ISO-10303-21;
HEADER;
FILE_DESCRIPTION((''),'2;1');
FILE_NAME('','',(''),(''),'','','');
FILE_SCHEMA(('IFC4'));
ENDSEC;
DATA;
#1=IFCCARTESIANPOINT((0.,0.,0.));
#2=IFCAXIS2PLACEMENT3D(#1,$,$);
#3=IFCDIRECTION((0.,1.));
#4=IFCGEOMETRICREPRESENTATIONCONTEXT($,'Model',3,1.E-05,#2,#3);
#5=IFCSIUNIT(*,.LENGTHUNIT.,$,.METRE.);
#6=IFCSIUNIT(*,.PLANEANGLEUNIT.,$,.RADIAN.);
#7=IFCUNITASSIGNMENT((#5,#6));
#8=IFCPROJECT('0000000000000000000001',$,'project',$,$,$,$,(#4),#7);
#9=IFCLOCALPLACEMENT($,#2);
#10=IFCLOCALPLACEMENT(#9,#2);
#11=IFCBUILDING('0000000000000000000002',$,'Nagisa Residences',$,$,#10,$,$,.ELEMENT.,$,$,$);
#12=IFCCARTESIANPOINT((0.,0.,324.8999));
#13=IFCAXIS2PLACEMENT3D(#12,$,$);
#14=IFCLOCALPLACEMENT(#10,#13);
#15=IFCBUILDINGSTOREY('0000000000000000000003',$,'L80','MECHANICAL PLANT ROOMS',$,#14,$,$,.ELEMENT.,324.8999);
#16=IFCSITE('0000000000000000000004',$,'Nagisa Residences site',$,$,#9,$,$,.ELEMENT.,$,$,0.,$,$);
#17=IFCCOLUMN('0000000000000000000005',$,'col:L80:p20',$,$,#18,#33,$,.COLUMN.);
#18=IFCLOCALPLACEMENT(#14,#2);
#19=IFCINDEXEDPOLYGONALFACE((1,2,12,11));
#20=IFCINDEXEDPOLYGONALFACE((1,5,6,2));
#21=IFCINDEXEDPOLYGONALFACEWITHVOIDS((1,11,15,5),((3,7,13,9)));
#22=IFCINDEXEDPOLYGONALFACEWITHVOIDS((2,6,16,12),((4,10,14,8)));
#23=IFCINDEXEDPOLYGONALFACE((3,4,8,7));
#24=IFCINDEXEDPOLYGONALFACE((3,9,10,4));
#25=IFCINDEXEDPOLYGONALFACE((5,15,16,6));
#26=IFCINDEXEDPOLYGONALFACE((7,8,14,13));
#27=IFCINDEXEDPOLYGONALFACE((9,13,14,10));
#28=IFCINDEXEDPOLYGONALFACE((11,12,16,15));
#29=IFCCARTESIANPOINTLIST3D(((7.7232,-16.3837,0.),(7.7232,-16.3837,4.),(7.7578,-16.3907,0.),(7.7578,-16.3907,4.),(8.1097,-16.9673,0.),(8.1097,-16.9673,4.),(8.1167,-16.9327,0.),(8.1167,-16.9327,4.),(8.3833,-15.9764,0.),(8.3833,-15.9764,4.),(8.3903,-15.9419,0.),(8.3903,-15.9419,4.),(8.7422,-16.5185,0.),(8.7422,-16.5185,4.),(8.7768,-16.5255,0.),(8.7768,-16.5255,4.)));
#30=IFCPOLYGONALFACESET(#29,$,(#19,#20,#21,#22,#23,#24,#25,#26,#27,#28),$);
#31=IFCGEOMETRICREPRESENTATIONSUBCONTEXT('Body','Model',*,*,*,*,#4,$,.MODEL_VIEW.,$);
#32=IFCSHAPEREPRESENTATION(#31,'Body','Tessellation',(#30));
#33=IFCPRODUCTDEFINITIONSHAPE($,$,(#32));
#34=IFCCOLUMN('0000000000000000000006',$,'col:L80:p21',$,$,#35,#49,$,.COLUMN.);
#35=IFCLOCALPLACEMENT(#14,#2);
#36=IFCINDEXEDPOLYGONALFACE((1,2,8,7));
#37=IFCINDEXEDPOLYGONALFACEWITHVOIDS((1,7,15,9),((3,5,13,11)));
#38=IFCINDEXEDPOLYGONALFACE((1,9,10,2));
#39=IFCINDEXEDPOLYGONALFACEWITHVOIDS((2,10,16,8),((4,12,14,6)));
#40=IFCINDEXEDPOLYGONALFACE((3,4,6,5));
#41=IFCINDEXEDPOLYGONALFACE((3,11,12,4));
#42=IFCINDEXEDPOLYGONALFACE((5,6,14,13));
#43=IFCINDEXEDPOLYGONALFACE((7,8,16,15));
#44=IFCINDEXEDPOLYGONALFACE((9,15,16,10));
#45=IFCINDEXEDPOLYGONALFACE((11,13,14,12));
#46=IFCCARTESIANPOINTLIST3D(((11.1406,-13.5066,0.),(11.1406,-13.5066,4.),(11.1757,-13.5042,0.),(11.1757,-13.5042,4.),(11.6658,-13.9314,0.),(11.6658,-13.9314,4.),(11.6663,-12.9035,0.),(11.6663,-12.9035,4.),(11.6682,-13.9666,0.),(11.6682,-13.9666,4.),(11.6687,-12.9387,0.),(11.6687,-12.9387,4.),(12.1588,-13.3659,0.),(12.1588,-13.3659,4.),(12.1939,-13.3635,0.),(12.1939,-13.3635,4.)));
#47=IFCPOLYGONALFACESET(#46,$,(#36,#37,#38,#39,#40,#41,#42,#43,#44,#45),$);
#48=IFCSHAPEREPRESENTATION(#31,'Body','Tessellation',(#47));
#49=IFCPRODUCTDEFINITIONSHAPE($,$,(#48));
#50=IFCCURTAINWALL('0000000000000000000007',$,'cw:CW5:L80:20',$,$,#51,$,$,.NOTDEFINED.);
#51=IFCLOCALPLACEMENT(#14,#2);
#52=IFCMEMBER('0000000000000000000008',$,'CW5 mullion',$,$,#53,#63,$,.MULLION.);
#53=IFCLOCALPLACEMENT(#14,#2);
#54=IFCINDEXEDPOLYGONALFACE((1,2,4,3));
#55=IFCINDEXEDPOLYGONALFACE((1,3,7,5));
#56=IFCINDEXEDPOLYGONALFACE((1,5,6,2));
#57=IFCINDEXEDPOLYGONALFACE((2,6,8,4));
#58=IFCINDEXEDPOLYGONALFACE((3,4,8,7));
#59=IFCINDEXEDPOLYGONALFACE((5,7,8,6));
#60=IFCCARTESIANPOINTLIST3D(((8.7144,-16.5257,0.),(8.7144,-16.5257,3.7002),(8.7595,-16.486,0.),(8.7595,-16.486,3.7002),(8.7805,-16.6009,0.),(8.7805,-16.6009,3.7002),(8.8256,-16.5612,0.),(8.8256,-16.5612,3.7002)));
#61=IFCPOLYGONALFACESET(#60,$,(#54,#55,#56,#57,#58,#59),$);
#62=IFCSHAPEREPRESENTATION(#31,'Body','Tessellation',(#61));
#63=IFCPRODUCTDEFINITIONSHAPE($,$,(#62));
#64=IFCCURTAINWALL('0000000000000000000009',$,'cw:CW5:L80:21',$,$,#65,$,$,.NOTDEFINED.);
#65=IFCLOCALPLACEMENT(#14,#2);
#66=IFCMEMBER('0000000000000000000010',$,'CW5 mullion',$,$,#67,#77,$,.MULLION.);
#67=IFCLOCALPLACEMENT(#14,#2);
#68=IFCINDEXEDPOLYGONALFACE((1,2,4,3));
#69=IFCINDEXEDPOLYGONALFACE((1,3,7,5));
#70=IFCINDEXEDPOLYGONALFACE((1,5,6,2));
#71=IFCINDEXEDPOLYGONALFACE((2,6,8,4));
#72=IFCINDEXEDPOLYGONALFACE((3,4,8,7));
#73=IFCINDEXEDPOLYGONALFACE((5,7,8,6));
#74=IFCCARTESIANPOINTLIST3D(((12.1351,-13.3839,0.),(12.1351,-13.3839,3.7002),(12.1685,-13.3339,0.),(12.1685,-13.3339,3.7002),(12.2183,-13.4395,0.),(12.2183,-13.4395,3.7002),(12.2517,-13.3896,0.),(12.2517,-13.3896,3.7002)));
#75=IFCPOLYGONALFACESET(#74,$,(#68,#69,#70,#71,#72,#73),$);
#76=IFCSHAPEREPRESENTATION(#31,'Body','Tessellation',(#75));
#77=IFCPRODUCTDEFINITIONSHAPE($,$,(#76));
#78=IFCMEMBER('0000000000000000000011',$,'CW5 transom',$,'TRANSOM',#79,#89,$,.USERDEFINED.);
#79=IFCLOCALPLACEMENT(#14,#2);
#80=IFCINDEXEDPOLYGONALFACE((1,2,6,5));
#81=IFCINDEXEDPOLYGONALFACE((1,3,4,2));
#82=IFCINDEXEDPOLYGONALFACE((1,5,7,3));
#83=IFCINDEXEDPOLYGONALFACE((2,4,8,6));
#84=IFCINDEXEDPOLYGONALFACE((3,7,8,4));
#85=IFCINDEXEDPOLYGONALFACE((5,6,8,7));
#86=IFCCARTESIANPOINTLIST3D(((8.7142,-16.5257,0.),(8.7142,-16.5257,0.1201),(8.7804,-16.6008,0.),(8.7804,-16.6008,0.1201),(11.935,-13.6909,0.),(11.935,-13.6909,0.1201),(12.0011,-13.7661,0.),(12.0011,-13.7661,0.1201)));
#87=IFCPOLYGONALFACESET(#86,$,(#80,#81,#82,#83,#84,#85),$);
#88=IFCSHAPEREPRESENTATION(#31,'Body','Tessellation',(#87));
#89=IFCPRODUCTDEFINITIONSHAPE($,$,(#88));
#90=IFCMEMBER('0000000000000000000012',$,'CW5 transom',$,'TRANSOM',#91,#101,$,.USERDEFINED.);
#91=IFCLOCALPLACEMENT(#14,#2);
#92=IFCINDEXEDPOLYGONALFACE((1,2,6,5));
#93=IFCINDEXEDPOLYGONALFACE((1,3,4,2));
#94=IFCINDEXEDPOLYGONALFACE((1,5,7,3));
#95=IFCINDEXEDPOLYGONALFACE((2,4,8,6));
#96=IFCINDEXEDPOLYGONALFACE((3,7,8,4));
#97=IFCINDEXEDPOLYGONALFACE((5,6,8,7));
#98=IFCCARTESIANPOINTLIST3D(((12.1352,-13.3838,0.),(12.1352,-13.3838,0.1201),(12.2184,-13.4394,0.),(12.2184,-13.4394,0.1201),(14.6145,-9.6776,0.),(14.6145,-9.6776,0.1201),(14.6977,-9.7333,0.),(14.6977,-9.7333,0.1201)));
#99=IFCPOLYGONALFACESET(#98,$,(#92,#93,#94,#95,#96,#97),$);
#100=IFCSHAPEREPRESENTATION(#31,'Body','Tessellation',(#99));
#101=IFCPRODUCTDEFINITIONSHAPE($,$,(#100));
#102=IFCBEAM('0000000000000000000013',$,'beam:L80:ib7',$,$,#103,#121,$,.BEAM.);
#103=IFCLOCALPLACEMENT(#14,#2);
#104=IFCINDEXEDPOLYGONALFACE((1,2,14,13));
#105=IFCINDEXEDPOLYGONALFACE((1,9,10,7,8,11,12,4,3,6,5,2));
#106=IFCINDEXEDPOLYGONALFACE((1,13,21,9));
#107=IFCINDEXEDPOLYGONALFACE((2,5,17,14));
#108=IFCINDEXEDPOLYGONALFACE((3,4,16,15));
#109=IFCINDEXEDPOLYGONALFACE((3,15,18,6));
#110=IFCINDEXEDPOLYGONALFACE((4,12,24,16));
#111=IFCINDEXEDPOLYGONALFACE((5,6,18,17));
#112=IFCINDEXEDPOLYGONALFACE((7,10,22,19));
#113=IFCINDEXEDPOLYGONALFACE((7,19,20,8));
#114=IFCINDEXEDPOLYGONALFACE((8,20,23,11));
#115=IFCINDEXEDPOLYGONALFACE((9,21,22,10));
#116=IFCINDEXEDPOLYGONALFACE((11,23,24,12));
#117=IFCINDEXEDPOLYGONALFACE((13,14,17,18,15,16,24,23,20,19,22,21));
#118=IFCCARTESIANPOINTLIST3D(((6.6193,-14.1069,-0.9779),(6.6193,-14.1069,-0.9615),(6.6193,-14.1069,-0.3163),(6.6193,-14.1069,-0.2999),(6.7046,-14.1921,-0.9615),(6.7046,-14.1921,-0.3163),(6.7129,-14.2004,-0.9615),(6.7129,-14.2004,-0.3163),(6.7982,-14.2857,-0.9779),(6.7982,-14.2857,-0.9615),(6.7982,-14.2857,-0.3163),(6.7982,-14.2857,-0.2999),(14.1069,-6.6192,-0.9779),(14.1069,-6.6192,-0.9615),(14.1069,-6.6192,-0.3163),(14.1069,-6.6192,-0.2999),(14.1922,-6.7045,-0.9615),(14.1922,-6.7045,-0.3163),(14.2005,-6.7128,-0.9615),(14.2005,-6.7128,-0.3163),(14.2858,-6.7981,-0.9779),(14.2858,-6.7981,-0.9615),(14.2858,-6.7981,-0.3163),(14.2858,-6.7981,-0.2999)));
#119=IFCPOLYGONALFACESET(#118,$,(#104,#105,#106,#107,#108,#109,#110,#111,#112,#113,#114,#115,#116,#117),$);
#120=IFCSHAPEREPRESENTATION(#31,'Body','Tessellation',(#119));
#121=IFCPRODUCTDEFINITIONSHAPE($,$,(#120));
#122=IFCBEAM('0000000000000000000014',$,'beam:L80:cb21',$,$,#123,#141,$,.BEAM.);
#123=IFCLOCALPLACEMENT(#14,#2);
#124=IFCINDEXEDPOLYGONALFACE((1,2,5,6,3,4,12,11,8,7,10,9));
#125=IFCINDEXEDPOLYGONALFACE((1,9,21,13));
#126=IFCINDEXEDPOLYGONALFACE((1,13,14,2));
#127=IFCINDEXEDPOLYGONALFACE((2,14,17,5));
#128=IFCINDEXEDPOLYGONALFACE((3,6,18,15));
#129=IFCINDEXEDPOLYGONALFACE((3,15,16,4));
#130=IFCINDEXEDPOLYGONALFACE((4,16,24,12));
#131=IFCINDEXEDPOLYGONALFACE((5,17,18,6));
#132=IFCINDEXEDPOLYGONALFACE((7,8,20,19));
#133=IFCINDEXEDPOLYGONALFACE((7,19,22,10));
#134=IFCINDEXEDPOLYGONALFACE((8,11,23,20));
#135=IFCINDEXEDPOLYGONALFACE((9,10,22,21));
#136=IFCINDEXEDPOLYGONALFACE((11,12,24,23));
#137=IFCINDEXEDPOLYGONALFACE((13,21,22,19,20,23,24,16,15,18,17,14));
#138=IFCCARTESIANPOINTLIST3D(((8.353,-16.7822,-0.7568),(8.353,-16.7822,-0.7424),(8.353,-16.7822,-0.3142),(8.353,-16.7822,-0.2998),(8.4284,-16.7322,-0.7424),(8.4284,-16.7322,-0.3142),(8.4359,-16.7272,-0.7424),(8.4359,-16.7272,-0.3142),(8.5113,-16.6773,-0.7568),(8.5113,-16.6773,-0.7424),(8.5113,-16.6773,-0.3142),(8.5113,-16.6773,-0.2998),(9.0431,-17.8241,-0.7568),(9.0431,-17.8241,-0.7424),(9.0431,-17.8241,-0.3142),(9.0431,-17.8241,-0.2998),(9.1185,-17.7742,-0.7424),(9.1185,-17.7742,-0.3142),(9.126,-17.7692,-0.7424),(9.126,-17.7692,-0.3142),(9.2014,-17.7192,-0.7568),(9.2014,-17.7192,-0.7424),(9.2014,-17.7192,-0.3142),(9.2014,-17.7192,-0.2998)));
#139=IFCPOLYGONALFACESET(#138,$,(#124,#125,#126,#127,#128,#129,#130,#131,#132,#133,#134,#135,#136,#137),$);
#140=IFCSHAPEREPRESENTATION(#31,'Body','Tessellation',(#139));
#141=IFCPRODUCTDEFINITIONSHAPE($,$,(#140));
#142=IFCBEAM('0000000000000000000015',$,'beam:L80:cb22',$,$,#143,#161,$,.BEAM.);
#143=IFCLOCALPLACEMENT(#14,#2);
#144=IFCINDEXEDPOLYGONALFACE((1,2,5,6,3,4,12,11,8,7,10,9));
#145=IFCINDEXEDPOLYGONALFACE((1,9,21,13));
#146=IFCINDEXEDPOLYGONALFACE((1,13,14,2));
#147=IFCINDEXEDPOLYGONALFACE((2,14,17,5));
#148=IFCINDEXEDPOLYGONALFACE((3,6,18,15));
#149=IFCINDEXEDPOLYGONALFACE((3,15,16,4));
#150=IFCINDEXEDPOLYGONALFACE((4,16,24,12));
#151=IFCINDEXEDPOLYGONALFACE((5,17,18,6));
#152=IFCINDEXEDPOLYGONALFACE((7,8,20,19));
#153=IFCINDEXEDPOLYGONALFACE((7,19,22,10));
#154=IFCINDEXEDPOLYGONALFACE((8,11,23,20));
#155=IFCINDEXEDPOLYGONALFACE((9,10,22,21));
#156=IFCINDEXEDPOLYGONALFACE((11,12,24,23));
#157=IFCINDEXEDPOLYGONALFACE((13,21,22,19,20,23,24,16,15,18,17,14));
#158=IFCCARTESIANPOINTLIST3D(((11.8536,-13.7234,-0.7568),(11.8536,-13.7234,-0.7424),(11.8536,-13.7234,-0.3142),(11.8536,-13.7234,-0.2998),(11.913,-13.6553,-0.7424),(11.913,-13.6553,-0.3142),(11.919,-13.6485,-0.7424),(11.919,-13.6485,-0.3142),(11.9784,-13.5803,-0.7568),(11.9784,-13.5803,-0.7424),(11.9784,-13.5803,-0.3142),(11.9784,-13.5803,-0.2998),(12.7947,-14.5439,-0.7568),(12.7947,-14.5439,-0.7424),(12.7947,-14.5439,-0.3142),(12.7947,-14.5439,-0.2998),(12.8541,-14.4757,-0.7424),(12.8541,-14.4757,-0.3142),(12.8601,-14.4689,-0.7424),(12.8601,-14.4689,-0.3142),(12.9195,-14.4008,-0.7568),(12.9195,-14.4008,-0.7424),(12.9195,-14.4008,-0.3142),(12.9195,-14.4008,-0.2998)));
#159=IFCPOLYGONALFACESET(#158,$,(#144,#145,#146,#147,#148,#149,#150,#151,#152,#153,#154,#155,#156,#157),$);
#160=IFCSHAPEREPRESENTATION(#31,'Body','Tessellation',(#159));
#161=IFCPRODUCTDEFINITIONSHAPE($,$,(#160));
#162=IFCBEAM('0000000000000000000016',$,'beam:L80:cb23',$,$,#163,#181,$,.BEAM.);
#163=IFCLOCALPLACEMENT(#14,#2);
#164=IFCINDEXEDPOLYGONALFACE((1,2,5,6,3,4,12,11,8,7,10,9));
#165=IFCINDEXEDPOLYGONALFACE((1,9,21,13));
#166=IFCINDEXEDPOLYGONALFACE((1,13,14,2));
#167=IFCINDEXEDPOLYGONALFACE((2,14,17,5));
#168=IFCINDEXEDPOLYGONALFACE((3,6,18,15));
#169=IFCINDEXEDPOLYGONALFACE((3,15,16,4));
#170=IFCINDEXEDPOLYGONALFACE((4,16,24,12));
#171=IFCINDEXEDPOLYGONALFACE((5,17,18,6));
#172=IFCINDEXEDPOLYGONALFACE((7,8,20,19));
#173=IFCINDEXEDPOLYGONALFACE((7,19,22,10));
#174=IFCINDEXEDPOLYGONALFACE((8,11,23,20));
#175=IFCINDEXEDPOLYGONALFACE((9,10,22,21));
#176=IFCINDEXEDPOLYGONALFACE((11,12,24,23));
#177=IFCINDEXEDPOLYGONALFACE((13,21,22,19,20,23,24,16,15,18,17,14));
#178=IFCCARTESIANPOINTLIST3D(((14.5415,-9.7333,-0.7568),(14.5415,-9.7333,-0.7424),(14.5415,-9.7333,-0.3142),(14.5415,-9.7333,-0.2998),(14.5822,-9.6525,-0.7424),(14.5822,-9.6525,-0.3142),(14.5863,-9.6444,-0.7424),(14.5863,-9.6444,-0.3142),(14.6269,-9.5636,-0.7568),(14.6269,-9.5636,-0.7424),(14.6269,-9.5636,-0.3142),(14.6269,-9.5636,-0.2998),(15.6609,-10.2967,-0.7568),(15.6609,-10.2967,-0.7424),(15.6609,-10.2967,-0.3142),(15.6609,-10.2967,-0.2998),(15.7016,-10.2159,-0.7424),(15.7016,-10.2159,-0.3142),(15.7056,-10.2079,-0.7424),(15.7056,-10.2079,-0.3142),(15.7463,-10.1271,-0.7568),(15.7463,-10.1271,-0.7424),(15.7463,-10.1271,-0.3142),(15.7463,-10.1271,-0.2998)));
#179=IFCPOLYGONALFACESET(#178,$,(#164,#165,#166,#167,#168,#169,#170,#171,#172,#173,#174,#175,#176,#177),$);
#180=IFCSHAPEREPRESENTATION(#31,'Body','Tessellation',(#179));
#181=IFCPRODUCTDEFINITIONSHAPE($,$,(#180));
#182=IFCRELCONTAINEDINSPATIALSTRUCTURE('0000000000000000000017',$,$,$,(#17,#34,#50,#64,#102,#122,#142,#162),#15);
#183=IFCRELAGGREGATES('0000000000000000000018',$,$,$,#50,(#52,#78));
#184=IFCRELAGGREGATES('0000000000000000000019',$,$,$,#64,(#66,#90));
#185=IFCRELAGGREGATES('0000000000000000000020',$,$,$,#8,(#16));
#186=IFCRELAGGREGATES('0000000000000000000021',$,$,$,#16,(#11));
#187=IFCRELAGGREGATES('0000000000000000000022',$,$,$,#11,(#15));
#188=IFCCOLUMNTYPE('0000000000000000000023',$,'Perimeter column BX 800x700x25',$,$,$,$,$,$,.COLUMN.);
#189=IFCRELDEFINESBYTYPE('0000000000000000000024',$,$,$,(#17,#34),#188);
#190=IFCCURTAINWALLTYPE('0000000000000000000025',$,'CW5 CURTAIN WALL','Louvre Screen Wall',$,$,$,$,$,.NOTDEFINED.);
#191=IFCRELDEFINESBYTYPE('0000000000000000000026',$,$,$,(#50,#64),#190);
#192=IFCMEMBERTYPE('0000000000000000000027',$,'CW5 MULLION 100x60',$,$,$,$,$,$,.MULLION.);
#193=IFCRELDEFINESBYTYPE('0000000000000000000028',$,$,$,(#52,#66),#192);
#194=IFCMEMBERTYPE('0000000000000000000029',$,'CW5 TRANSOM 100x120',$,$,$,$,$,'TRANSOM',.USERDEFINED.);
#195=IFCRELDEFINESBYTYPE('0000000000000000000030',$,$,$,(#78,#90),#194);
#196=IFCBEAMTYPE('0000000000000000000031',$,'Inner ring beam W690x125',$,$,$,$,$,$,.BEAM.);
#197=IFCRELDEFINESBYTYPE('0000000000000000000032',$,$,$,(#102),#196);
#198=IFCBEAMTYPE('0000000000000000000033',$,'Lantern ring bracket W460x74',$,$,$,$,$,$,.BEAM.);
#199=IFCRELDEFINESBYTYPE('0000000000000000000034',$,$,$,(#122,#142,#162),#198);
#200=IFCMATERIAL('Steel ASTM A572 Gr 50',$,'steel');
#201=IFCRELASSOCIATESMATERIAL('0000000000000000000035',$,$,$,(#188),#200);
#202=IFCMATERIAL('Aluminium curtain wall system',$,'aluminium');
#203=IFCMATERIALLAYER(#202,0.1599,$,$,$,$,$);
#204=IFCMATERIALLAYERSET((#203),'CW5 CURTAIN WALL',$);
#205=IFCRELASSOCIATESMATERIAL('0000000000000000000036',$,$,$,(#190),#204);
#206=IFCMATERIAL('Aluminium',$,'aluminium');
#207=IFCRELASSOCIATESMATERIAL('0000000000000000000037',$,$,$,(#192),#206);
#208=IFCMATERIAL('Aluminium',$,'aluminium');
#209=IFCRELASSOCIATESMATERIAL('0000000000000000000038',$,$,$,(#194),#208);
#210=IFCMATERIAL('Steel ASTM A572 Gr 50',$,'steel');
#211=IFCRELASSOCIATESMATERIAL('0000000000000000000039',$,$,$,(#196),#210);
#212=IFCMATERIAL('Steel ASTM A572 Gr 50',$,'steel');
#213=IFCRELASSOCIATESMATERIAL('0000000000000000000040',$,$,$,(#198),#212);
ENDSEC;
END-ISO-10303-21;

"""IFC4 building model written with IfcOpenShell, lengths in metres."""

from ifc_helpers import new_model, si_unit, direction, frame, origin, origin_2d, place, context, subcontext, project, spatial, rectangle, hollow_rectangle, i_section, extrude, material, layer, layer_set, material_profile, profile_set, type_object, element, aggregate, save


model = new_model("IFC4")

# Units and contexts
model_context = context("Model", 3, precision=1e-05, world=origin(), true_north=direction((0.0, 1.0)))
body_context = subcontext(model_context, "Body", "Model", "MODEL_VIEW")
ifc_project = project(units=[si_unit("LENGTHUNIT", "METRE"), si_unit("PLANEANGLEUNIT", "RADIAN")], contexts=[model_context])

# Site, building, storey
site_placement = place(None, origin())
site = spatial("IfcSite", under=ifc_project, at=site_placement, Name="Nagisa Residences site", CompositionType="ELEMENT", RefElevation=0.0)
building_placement = place(site_placement, origin())
building = spatial("IfcBuilding", under=site, at=building_placement, Name="Nagisa Residences", CompositionType="ELEMENT")
storey_placement = place(building_placement, frame((0.0, 0.0, 324.8999)))
storey = spatial("IfcBuildingStorey", under=building, at=storey_placement, Name="L80", Description="MECHANICAL PLANT ROOMS", CompositionType="ELEMENT", Elevation=324.8999)

# Columns
ifc_material_1 = material(Name="Steel ASTM A572 Gr 50", Category="steel")
ifc_material_profile_1 = material_profile(ifc_material_1, hollow_rectangle(XDim=0.8, YDim=0.7, WallThickness=0.0249, at=origin_2d()), Name="BX 800x700x25")
ifc_profile_set_1 = profile_set([ifc_material_profile_1], Name="Steel ASTM A572 Gr 50")
column_type = type_object("IfcColumnType", Name="Perimeter column BX 800x700x25", PredefinedType="COLUMN", material=ifc_profile_set_1)
for number, where, z_axis, x_axis, name in (
    (1, (8.25, -16.4546, 0.0), (0.0, 0.0, 1.0), (0.833744, 0.552151, 0.0), "col:L80:p20"),
    (2, (11.6672, -13.4351, 0.0), (0.0, 0.0, 1.0), (0.657135, 0.753773, 0.0), "col:L80:p21"),
):
    element("IfcColumn", number, at=place(storey_placement, frame(where, z_axis=z_axis, x_axis=x_axis)), inside=storey, type_object=column_type, Name=name, PredefinedType="COLUMN", context=body_context, shape_type="SweptSolid", body=[
        extrude(hollow_rectangle(XDim=0.8, YDim=0.7, WallThickness=0.0249, at=origin_2d()), origin(), (0.0, 0.0, 1.0), 4.0),
    ])

# Curtain walls, members
ifc_material_2 = material(Name="Aluminium curtain wall system", Category="aluminium")
ifc_layer_1 = layer(ifc_material_2, 0.1599)
ifc_layer_set_1 = layer_set([ifc_layer_1], Name="CW5 CURTAIN WALL")
curtain_wall_type = type_object("IfcCurtainWallType", Name="CW5 CURTAIN WALL", Description="Louvre Screen Wall", PredefinedType="NOTDEFINED", material=ifc_layer_set_1)
curtain_wall_1_placement = place(storey_placement, origin())
curtain_wall_1 = element("IfcCurtainWall", 3, at=curtain_wall_1_placement, inside=storey, type_object=curtain_wall_type, Name="cw:CW5:L80:20", PredefinedType="NOTDEFINED")
ifc_material_3 = material(Name="Aluminium", Category="aluminium")
ifc_material_profile_2 = material_profile(ifc_material_3, rectangle(XDim=0.1001, YDim=0.0601, at=origin_2d()), Name="CW5 MULLION 100x60")
ifc_profile_set_2 = profile_set([ifc_material_profile_2], Name="Aluminium")
member_type_1 = type_object("IfcMemberType", Name="CW5 MULLION 100x60", PredefinedType="MULLION", material=ifc_profile_set_2)
member_1_placement = place(storey_placement, frame((8.77, -16.5435, 0.0), z_axis=(0.0, 0.0, 1.0), x_axis=(-0.660699, 0.750651, 0.0)))
member_1 = element("IfcMember", 4, at=member_1_placement, type_object=member_type_1, Name="CW5 mullion", PredefinedType="MULLION", context=body_context, shape_type="SweptSolid", body=[
    extrude(rectangle(XDim=0.1001, YDim=0.0601, at=origin_2d()), origin(), (0.0, 0.0, 1.0), 3.7002),
])
curtain_wall_2_placement = place(storey_placement, origin())
curtain_wall_2 = element("IfcCurtainWall", 5, at=curtain_wall_2_placement, inside=storey, type_object=curtain_wall_type, Name="cw:CW5:L80:21", PredefinedType="NOTDEFINED")
member_2_placement = place(storey_placement, frame((12.1934, -13.3867, 0.0), z_axis=(0.0, 0.0, 1.0), x_axis=(-0.831173, 0.556014, 0.0)))
member_2 = element("IfcMember", 6, at=member_2_placement, type_object=member_type_1, Name="CW5 mullion", PredefinedType="MULLION", context=body_context, shape_type="SweptSolid", body=[
    extrude(rectangle(XDim=0.1001, YDim=0.0601, at=origin_2d()), origin(), (0.0, 0.0, 1.0), 3.7002),
])

# Members
ifc_material_4 = material(Name="Aluminium", Category="aluminium")
ifc_material_profile_3 = material_profile(ifc_material_4, rectangle(XDim=0.1001, YDim=0.1201, at=origin_2d()), Name="CW5 TRANSOM 100x120")
ifc_profile_set_3 = profile_set([ifc_material_profile_3], Name="Aluminium")
member_type_2 = type_object("IfcMemberType", Name="CW5 TRANSOM 100x120", ElementType="TRANSOM", PredefinedType="USERDEFINED", material=ifc_profile_set_3)
member_3_placement = place(storey_placement, frame((8.7473, -16.5632, 0.0601), z_axis=(0.750656, 0.660693, 0.0), x_axis=(-0.660693, 0.750656, 0.0)))
member_3 = element("IfcMember", 7, at=member_3_placement, type_object=member_type_2, Name="CW5 transom", ObjectType="TRANSOM", PredefinedType="USERDEFINED", context=body_context, shape_type="SweptSolid", body=[
    extrude(rectangle(XDim=0.1001, YDim=0.1201, at=origin_2d()), origin(), (0.0, 0.0, 1.0), 4.2905),
])
member_4_placement = place(storey_placement, frame((12.1768, -13.4116, 0.0601), z_axis=(0.556026, 0.831165, 0.0), x_axis=(-0.831165, 0.556026, 0.0)))
member_4 = element("IfcMember", 8, at=member_4_placement, type_object=member_type_2, Name="CW5 transom", ObjectType="TRANSOM", PredefinedType="USERDEFINED", context=body_context, shape_type="SweptSolid", body=[
    extrude(rectangle(XDim=0.1001, YDim=0.1201, at=origin_2d()), origin(), (0.0, 0.0, 1.0), 4.459),
])

# Beams
ifc_material_5 = material(Name="Steel ASTM A572 Gr 50", Category="steel")
ifc_material_profile_4 = material_profile(ifc_material_5, i_section(OverallWidth=0.2529, OverallDepth=0.678, WebThickness=0.0117, FlangeThickness=0.0164, at=origin_2d()), Name="W690x125")
ifc_profile_set_4 = profile_set([ifc_material_profile_4], Name="Steel ASTM A572 Gr 50")
beam_type_1 = type_object("IfcBeamType", Name="Inner ring beam W690x125", PredefinedType="BEAM", material=ifc_profile_set_4)
beam_1_placement = place(storey_placement, frame((6.7087, -14.1963, -0.6389), z_axis=(0.707107, 0.707107, 0.0), x_axis=(-0.707107, 0.707107, 0.0)))
element("IfcBeam", 9, at=beam_1_placement, inside=storey, type_object=beam_type_1, Name="beam:L80:ib7", PredefinedType="BEAM", context=body_context, shape_type="SweptSolid", body=[
    extrude(i_section(OverallWidth=0.2529, OverallDepth=0.678, WebThickness=0.0117, FlangeThickness=0.0164, at=origin_2d()), origin(), (0.0, 0.0, 1.0), 10.5891),
])
ifc_material_6 = material(Name="Steel ASTM A572 Gr 50", Category="steel")
ifc_material_profile_5 = material_profile(ifc_material_6, i_section(OverallWidth=0.1899, OverallDepth=0.457, WebThickness=0.009, FlangeThickness=0.0144, at=origin_2d()), Name="W460x74")
ifc_profile_set_5 = profile_set([ifc_material_profile_5], Name="Steel ASTM A572 Gr 50")
beam_type_2 = type_object("IfcBeamType", Name="Lantern ring bracket W460x74", PredefinedType="BEAM", material=ifc_profile_set_5)
beam_2_placement = place(storey_placement, frame((8.4321, -16.7297, -0.5283), z_axis=(0.552218, -0.833699, 0.0), x_axis=(0.833699, 0.552218, 0.0)))
element("IfcBeam", 10, at=beam_2_placement, inside=storey, type_object=beam_type_2, Name="beam:L80:cb21", PredefinedType="BEAM", context=body_context, shape_type="SweptSolid", body=[
    extrude(i_section(OverallWidth=0.1899, OverallDepth=0.457, WebThickness=0.009, FlangeThickness=0.0144, at=origin_2d()), origin(), (0.0, 0.0, 1.0), 1.2498),
])
beam_3_placement = place(storey_placement, frame((11.916, -13.6519, -0.5283), z_axis=(0.75375, -0.657161, 0.0), x_axis=(0.657161, 0.75375, 0.0)))
element("IfcBeam", 11, at=beam_3_placement, inside=storey, type_object=beam_type_2, Name="beam:L80:cb22", PredefinedType="BEAM", context=body_context, shape_type="SweptSolid", body=[
    extrude(i_section(OverallWidth=0.1899, OverallDepth=0.457, WebThickness=0.009, FlangeThickness=0.0144, at=origin_2d()), origin(), (0.0, 0.0, 1.0), 1.2485),
])
beam_4_placement = place(storey_placement, frame((14.5842, -9.6484, -0.5283), z_axis=(0.893216, -0.449628, 0.0), x_axis=(0.449628, 0.893216, 0.0)))
element("IfcBeam", 12, at=beam_4_placement, inside=storey, type_object=beam_type_2, Name="beam:L80:cb23", PredefinedType="BEAM", context=body_context, shape_type="SweptSolid", body=[
    extrude(i_section(OverallWidth=0.1899, OverallDepth=0.457, WebThickness=0.009, FlangeThickness=0.0144, at=origin_2d()), origin(), (0.0, 0.0, 1.0), 1.2532),
])

aggregate(curtain_wall_1, [member_1, member_3])
aggregate(curtain_wall_2, [member_2, member_4])

save(model, "model.ifc")
